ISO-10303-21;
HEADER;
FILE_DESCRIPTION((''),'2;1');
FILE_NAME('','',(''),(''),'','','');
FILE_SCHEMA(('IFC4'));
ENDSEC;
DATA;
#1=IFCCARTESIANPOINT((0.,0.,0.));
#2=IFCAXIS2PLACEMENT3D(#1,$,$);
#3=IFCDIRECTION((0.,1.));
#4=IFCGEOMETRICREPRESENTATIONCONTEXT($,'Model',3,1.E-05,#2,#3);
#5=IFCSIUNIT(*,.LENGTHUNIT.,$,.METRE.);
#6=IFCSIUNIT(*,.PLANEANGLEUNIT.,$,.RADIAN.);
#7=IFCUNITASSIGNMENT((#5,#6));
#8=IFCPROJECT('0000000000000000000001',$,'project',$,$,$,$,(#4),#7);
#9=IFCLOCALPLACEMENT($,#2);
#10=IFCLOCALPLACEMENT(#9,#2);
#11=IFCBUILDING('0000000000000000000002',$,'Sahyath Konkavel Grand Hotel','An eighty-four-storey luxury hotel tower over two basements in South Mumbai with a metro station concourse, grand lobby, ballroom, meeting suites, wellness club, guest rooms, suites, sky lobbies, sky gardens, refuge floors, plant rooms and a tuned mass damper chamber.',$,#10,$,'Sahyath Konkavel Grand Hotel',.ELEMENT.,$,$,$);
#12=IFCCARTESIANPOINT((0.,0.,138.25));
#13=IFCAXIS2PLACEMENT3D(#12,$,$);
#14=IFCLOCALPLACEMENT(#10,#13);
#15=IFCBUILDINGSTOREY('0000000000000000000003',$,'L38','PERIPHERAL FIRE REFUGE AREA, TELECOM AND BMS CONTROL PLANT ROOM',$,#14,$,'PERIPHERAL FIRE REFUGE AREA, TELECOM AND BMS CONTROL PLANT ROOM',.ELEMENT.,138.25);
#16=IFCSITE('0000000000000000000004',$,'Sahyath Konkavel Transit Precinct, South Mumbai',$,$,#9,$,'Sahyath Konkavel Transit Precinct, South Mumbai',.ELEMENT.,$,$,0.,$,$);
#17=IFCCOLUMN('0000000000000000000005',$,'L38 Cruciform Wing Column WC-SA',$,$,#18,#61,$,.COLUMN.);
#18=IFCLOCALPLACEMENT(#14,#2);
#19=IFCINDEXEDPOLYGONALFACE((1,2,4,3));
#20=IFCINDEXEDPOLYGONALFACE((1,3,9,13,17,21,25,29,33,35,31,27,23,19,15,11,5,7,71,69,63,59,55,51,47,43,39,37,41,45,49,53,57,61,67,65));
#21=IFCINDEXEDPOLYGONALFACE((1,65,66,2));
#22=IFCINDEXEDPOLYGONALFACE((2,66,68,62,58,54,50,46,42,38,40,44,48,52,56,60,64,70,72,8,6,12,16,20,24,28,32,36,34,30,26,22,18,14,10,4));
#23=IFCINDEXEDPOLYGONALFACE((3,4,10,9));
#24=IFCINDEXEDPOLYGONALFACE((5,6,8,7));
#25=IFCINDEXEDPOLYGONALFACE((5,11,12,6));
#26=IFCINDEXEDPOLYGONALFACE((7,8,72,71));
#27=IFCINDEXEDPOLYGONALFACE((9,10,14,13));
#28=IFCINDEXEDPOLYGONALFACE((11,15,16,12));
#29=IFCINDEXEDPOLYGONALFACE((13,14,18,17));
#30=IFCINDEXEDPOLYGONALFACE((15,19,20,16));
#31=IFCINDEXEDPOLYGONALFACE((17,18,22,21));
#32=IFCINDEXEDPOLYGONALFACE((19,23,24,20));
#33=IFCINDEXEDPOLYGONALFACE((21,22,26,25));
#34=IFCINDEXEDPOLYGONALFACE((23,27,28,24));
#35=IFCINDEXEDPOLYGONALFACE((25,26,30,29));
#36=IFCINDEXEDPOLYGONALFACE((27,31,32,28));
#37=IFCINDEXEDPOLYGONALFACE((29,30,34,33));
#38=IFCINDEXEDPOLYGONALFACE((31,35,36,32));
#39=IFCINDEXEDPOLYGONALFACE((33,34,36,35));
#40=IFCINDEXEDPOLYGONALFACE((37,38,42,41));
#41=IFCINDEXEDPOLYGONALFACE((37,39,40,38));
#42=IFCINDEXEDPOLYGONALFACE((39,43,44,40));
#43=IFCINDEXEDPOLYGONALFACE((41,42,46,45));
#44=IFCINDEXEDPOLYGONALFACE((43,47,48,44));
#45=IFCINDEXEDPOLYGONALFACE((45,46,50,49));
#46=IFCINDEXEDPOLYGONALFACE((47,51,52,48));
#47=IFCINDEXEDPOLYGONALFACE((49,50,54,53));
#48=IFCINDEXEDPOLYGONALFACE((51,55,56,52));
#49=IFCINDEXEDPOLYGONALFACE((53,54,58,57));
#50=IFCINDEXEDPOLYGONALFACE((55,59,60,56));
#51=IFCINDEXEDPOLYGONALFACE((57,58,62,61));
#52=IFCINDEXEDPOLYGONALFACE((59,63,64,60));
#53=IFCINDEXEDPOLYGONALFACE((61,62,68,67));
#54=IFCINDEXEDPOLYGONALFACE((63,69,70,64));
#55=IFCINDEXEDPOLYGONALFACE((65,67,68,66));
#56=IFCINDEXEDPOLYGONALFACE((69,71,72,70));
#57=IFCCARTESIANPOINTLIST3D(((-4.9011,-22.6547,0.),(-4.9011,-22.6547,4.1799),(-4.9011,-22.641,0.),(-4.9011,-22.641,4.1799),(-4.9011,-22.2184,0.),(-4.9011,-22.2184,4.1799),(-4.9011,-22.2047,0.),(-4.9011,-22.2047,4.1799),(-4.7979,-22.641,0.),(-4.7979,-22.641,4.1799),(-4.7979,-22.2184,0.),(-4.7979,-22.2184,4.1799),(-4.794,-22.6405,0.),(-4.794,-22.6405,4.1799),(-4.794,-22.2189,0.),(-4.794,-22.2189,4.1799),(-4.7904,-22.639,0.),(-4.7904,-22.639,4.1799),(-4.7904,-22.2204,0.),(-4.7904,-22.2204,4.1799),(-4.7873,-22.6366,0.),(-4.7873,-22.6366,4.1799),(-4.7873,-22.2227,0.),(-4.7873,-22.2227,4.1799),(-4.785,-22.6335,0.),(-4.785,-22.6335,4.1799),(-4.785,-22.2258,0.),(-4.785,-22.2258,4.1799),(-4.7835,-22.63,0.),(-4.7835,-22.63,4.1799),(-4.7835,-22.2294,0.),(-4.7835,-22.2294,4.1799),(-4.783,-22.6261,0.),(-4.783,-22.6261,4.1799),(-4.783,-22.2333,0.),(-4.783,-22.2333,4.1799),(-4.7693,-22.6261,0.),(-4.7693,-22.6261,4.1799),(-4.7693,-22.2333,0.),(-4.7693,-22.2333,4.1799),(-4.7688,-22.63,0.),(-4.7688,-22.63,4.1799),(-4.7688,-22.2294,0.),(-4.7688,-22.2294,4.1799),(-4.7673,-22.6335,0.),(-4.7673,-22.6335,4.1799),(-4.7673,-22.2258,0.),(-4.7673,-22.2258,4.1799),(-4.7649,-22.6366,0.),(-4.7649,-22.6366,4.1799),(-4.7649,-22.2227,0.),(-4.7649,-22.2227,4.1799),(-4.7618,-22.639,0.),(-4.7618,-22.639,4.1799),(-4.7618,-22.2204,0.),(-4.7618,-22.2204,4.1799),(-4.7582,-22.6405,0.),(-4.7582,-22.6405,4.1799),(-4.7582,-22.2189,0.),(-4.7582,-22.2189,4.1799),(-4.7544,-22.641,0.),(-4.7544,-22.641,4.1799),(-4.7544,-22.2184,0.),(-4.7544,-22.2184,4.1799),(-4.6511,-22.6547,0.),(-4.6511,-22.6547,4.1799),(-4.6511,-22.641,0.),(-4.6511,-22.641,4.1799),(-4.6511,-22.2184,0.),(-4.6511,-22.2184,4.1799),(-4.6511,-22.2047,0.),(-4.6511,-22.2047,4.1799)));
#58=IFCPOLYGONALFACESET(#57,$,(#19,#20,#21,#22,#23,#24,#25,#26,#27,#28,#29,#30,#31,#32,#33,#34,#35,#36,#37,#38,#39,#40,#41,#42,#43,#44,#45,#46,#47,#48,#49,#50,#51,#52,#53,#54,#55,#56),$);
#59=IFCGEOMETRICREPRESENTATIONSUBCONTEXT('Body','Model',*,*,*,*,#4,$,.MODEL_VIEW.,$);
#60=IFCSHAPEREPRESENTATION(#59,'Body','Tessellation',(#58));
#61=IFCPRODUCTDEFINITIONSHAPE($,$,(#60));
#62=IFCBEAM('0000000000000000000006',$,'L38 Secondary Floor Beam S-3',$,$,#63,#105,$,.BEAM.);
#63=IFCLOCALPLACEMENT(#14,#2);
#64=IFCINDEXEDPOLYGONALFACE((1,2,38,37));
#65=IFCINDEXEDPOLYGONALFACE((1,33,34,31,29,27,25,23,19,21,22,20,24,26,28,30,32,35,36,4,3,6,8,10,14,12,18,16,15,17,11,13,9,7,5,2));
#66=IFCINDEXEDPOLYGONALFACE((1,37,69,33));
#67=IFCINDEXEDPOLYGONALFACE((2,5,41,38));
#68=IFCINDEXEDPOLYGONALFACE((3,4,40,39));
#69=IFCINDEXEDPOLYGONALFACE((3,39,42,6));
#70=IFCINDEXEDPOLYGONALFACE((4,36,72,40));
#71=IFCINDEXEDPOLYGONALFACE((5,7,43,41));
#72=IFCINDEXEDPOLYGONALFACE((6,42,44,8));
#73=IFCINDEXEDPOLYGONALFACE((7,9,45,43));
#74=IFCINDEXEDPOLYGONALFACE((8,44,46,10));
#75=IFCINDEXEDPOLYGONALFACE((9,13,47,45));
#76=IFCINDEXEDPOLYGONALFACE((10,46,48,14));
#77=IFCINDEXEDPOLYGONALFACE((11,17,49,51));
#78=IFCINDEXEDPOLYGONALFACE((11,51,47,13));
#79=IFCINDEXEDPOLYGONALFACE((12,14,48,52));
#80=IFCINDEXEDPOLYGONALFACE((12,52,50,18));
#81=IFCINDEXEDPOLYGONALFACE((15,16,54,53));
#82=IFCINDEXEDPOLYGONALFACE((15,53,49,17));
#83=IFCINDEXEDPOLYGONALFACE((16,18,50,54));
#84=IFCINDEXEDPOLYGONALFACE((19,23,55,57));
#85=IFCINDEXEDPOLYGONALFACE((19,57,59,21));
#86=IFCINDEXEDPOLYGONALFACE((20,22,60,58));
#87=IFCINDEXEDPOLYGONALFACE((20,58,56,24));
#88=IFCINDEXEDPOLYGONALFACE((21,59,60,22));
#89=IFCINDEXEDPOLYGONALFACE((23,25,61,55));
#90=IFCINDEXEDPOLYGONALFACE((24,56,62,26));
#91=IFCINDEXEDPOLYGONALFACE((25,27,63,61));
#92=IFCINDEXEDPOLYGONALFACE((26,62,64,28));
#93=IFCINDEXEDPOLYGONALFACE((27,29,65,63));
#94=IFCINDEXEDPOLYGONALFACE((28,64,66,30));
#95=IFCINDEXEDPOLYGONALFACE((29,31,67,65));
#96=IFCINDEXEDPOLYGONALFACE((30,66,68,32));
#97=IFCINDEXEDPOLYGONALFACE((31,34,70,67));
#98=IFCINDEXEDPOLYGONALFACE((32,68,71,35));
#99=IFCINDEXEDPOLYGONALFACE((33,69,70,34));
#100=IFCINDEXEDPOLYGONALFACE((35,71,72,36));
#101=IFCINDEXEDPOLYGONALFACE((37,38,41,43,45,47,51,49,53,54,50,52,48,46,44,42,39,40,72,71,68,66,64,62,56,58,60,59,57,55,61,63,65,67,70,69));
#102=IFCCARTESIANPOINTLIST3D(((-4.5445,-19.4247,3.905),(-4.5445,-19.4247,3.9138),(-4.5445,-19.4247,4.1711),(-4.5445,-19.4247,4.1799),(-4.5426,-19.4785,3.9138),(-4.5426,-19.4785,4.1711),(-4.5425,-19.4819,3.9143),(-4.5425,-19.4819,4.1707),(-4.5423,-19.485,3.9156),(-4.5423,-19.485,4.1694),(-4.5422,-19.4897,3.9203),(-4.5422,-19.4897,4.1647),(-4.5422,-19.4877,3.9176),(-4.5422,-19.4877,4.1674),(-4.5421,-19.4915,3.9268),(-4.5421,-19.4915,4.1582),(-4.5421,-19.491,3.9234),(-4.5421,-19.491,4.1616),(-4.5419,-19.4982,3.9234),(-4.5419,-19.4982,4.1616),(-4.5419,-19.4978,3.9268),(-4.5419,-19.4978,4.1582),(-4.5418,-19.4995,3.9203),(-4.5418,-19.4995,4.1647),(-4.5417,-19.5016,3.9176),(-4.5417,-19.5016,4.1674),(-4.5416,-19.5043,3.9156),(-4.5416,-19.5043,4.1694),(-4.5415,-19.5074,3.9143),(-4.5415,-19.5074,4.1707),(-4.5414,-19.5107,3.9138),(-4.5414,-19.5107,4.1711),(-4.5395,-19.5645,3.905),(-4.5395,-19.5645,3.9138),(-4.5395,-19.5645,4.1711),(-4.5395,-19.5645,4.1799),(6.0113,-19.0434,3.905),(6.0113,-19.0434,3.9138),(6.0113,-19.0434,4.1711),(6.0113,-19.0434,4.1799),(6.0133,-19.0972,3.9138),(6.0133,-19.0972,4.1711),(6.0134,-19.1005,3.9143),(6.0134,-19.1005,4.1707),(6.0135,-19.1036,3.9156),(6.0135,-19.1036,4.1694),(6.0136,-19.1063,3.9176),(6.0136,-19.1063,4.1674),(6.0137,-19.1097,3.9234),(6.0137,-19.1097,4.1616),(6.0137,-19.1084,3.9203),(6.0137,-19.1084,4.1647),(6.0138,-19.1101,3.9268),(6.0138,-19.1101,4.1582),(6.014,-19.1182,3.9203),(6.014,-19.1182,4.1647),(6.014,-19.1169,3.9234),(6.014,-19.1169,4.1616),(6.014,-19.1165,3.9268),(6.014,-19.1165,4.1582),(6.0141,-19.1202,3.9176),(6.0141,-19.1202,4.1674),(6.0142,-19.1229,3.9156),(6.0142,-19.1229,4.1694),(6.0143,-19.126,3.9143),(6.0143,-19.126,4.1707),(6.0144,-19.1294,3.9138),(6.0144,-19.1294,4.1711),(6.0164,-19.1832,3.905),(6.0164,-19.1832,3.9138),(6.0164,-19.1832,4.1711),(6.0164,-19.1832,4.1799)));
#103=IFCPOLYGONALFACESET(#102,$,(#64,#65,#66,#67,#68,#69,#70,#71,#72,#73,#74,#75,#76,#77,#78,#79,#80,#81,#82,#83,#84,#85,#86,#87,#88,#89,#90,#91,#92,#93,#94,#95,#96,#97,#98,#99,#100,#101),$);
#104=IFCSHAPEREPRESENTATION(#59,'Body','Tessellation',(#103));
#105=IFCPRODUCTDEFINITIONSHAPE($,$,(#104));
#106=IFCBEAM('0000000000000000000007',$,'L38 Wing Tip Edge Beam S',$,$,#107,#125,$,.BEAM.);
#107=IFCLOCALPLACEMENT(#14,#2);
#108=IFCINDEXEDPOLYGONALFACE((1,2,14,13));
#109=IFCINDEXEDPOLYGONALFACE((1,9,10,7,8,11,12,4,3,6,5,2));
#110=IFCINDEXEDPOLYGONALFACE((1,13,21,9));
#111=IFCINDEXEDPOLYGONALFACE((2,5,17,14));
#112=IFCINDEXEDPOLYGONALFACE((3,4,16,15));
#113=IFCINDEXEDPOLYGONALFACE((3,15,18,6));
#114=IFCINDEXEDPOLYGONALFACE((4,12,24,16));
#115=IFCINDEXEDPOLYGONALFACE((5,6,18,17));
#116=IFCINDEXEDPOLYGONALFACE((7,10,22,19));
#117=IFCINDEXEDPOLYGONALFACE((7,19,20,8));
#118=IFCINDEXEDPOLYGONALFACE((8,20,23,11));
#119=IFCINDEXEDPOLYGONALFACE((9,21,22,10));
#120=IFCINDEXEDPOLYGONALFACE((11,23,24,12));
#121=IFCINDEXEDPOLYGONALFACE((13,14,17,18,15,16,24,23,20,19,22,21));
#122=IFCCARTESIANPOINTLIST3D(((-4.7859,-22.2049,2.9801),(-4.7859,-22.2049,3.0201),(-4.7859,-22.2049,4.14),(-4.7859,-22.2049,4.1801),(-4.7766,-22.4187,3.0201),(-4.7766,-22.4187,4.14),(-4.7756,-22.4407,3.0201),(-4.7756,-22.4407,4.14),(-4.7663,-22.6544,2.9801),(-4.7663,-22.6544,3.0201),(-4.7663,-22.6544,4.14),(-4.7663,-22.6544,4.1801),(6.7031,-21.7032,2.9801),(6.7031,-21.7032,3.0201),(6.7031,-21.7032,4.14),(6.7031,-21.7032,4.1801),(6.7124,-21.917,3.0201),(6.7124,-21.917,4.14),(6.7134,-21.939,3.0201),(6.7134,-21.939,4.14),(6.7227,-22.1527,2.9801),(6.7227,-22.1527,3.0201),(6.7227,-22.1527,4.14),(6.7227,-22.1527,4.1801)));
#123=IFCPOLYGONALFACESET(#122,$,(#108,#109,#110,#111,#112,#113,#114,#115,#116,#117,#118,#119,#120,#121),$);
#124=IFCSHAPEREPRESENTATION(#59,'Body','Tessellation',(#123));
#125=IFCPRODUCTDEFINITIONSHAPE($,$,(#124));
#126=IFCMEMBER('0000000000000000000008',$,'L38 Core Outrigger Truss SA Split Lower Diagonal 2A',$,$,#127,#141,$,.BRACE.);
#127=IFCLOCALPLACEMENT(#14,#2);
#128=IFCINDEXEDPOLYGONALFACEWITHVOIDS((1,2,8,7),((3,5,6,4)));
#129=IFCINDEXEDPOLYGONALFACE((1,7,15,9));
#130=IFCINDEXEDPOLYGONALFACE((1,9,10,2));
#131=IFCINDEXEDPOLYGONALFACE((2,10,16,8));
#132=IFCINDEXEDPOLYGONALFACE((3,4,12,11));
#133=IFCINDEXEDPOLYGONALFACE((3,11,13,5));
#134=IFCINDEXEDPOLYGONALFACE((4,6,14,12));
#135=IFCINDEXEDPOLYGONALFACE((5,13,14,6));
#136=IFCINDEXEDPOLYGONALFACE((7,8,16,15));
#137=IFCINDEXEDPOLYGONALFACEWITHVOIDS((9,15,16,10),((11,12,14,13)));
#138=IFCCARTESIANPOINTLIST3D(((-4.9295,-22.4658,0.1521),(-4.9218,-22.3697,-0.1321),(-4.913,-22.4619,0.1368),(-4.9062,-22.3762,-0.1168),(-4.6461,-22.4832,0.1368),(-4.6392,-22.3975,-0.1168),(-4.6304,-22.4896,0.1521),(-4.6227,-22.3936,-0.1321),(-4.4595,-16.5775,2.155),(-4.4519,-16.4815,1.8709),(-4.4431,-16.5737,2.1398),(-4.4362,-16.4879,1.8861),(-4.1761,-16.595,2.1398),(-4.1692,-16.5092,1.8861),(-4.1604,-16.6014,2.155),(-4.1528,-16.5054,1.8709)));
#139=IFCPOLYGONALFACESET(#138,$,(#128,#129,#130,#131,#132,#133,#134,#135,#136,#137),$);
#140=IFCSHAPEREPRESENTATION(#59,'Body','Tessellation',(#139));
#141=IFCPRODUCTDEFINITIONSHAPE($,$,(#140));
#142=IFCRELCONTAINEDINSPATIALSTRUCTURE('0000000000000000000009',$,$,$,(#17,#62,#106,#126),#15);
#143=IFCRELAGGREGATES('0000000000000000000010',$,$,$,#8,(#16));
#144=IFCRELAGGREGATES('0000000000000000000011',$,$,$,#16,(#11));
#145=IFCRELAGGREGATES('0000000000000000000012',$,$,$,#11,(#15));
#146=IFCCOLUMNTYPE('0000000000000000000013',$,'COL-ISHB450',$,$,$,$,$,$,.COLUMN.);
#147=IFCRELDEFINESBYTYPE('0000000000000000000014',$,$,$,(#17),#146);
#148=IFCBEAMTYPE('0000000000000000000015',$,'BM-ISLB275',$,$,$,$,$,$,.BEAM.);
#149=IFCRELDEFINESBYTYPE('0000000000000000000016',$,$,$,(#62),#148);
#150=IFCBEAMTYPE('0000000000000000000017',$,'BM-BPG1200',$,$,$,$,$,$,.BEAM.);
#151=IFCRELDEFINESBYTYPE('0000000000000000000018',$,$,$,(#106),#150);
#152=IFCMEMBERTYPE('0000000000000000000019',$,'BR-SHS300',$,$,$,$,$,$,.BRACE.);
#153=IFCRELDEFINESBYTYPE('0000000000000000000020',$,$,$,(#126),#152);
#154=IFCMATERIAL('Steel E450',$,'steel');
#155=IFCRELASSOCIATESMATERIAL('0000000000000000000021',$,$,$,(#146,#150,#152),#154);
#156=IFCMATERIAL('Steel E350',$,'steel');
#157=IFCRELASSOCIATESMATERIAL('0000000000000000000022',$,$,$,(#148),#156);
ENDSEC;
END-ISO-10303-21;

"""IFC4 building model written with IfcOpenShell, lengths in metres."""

from ifc_helpers import new_model, si_unit, direction, frame, origin, origin_2d, place, context, subcontext, project, spatial, hollow_rectangle, i_section, extrude, source, transform, mapped, material, material_profile, profile_set, type_object, element, save


model = new_model("IFC4")

# Units and contexts
model_context = context("Model", 3, precision=1e-05, world=origin(), true_north=direction((0.0, 1.0)))
body_context = subcontext(model_context, "Body", "Model", "MODEL_VIEW")
ifc_project = project(units=[si_unit("LENGTHUNIT", "METRE"), si_unit("PLANEANGLEUNIT", "RADIAN")], contexts=[model_context])

# Site, building, storey
site_placement = place(None, origin())
site = spatial("IfcSite", under=ifc_project, at=site_placement, Name="Sahyath Konkavel Transit Precinct, South Mumbai", LongName="Sahyath Konkavel Transit Precinct, South Mumbai", CompositionType="ELEMENT", RefElevation=0.0)
building_placement = place(site_placement, origin())
building = spatial("IfcBuilding", under=site, at=building_placement, Name="Sahyath Konkavel Grand Hotel", Description="An eighty-four-storey luxury hotel tower over two basements in South Mumbai with a metro station concourse, grand lobby, ballroom, meeting suites, wellness club, guest rooms, suites, sky lobbies, sky gardens, refuge floors, plant rooms and a tuned mass damper chamber.", LongName="Sahyath Konkavel Grand Hotel", CompositionType="ELEMENT")
storey_placement = place(building_placement, frame((0.0, 0.0, 138.25)))
storey = spatial("IfcBuildingStorey", under=building, at=storey_placement, Name="L38", Description="PERIPHERAL FIRE REFUGE AREA, TELECOM AND BMS CONTROL PLANT ROOM", LongName="PERIPHERAL FIRE REFUGE AREA, TELECOM AND BMS CONTROL PLANT ROOM", CompositionType="ELEMENT", Elevation=138.25)

# Column
ifc_material_1 = material(Name="Steel E450", Category="steel")
ifc_material_profile_1 = material_profile(ifc_material_1, i_section(OverallWidth=0.25, OverallDepth=0.45, WebThickness=0.0137, FlangeThickness=0.0137, FilletRadius=0.0149, at=origin_2d()), Name="ISHB 450")
ifc_profile_set_1 = profile_set([ifc_material_profile_1], Name="Steel E450")
column_type = type_object("IfcColumnType", Name="COL-ISHB450", PredefinedType="COLUMN", material=ifc_profile_set_1)
shared_shape_1 = source(origin(), body_context, "Body", "SweptSolid", [
    extrude(i_section(OverallWidth=0.25, OverallDepth=0.45, WebThickness=0.0137, FlangeThickness=0.0137, FilletRadius=0.0149, at=origin_2d()), origin(), (0.0, 0.0, 1.0), 4.1799),
])
column_placement = place(storey_placement, frame((-4.7761, -22.4297, 0.0), z_axis=(0.0, 0.0, 1.0), x_axis=(1.0, 0.0, 0.0)))
element("IfcColumn", 1, at=column_placement, inside=storey, type_object=column_type, Name="L38 Cruciform Wing Column WC-SA", PredefinedType="COLUMN", context=body_context, shape_type="MappedRepresentation", body=[
    mapped(shared_shape_1, transform((0.0, 0.0, 0.0), scale=1.0)),
])

# Beams
ifc_material_2 = material(Name="Steel E350", Category="steel")
ifc_material_profile_2 = material_profile(ifc_material_2, i_section(OverallWidth=0.1399, OverallDepth=0.2749, WebThickness=0.0063, FlangeThickness=0.0088, FilletRadius=0.0129, at=origin_2d()), Name="ISLB 275")
ifc_profile_set_2 = profile_set([ifc_material_profile_2], Name="Steel E350")
beam_type_1 = type_object("IfcBeamType", Name="BM-ISLB275", PredefinedType="BEAM", material=ifc_profile_set_2)
shared_shape_2 = source(origin(), body_context, "Body", "SweptSolid", [
    extrude(i_section(OverallWidth=0.1399, OverallDepth=0.2749, WebThickness=0.0063, FlangeThickness=0.0088, FilletRadius=0.0129, at=origin_2d()), origin(), (0.0, 0.0, 1.0), 10.5627),
])
beam_1_placement = place(storey_placement, frame((-4.542, -19.4946, 4.0425), z_axis=(0.999348, 0.036103, 0.0), x_axis=(-0.036103, 0.999348, 0.0)))
element("IfcBeam", 2, at=beam_1_placement, inside=storey, type_object=beam_type_1, Name="L38 Secondary Floor Beam S-3", PredefinedType="BEAM", context=body_context, shape_type="MappedRepresentation", body=[
    mapped(shared_shape_2, transform((0.0, 0.0, 0.0), scale=1.0)),
])
ifc_material_profile_3 = material_profile(ifc_material_1, i_section(OverallWidth=0.45, OverallDepth=1.2, WebThickness=0.022, FlangeThickness=0.04, at=origin_2d()), Name="BPG 1200x450")
ifc_profile_set_3 = profile_set([ifc_material_profile_3], Name="Steel E450")
beam_type_2 = type_object("IfcBeamType", Name="BM-BPG1200", PredefinedType="BEAM", material=ifc_profile_set_3)
shared_shape_3 = source(origin(), body_context, "Body", "SweptSolid", [
    extrude(i_section(OverallWidth=0.45, OverallDepth=1.2, WebThickness=0.022, FlangeThickness=0.04, at=origin_2d()), origin(), (0.0, 0.0, 1.0), 11.5),
])
beam_2_placement = place(storey_placement, frame((-4.7761, -22.4297, 3.5801), z_axis=(0.999048, 0.043627, 0.0), x_axis=(-0.043627, 0.999048, 0.0)))
element("IfcBeam", 3, at=beam_2_placement, inside=storey, type_object=beam_type_2, Name="L38 Wing Tip Edge Beam S", PredefinedType="BEAM", context=body_context, shape_type="MappedRepresentation", body=[
    mapped(shared_shape_3, transform((0.0, 0.0, 0.0), scale=1.0)),
])

# Member
ifc_material_profile_4 = material_profile(ifc_material_1, hollow_rectangle(XDim=0.3, YDim=0.3, WallThickness=0.0161, at=origin_2d()), Name="SHS 300x300x16")
ifc_profile_set_4 = profile_set([ifc_material_profile_4], Name="Steel E450")
member_type_1 = type_object("IfcMemberType", Name="BR-SHS300", PredefinedType="BRACE", material=ifc_profile_set_4)
shared_shape_4 = source(origin(), body_context, "Body", "SweptSolid", [
    extrude(hollow_rectangle(XDim=0.3, YDim=0.3, WallThickness=0.0161, at=origin_2d()), origin(), (0.0, 0.0, 1.0), 6.2373),
])
member_1_placement = place(storey_placement, frame((-4.7761, -22.4297, 0.01), z_axis=(0.075349, 0.944035, 0.321124), x_axis=(-0.99683, 0.079563, 0.0)))
element("IfcMember", 4, at=member_1_placement, inside=storey, type_object=member_type_1, Name="L38 Core Outrigger Truss SA Split Lower Diagonal 2A", PredefinedType="BRACE", context=body_context, shape_type="MappedRepresentation", body=[
    mapped(shared_shape_4, transform((0.0, 0.0, 0.0), scale=1.0)),
])

save(model, "model.ifc")
